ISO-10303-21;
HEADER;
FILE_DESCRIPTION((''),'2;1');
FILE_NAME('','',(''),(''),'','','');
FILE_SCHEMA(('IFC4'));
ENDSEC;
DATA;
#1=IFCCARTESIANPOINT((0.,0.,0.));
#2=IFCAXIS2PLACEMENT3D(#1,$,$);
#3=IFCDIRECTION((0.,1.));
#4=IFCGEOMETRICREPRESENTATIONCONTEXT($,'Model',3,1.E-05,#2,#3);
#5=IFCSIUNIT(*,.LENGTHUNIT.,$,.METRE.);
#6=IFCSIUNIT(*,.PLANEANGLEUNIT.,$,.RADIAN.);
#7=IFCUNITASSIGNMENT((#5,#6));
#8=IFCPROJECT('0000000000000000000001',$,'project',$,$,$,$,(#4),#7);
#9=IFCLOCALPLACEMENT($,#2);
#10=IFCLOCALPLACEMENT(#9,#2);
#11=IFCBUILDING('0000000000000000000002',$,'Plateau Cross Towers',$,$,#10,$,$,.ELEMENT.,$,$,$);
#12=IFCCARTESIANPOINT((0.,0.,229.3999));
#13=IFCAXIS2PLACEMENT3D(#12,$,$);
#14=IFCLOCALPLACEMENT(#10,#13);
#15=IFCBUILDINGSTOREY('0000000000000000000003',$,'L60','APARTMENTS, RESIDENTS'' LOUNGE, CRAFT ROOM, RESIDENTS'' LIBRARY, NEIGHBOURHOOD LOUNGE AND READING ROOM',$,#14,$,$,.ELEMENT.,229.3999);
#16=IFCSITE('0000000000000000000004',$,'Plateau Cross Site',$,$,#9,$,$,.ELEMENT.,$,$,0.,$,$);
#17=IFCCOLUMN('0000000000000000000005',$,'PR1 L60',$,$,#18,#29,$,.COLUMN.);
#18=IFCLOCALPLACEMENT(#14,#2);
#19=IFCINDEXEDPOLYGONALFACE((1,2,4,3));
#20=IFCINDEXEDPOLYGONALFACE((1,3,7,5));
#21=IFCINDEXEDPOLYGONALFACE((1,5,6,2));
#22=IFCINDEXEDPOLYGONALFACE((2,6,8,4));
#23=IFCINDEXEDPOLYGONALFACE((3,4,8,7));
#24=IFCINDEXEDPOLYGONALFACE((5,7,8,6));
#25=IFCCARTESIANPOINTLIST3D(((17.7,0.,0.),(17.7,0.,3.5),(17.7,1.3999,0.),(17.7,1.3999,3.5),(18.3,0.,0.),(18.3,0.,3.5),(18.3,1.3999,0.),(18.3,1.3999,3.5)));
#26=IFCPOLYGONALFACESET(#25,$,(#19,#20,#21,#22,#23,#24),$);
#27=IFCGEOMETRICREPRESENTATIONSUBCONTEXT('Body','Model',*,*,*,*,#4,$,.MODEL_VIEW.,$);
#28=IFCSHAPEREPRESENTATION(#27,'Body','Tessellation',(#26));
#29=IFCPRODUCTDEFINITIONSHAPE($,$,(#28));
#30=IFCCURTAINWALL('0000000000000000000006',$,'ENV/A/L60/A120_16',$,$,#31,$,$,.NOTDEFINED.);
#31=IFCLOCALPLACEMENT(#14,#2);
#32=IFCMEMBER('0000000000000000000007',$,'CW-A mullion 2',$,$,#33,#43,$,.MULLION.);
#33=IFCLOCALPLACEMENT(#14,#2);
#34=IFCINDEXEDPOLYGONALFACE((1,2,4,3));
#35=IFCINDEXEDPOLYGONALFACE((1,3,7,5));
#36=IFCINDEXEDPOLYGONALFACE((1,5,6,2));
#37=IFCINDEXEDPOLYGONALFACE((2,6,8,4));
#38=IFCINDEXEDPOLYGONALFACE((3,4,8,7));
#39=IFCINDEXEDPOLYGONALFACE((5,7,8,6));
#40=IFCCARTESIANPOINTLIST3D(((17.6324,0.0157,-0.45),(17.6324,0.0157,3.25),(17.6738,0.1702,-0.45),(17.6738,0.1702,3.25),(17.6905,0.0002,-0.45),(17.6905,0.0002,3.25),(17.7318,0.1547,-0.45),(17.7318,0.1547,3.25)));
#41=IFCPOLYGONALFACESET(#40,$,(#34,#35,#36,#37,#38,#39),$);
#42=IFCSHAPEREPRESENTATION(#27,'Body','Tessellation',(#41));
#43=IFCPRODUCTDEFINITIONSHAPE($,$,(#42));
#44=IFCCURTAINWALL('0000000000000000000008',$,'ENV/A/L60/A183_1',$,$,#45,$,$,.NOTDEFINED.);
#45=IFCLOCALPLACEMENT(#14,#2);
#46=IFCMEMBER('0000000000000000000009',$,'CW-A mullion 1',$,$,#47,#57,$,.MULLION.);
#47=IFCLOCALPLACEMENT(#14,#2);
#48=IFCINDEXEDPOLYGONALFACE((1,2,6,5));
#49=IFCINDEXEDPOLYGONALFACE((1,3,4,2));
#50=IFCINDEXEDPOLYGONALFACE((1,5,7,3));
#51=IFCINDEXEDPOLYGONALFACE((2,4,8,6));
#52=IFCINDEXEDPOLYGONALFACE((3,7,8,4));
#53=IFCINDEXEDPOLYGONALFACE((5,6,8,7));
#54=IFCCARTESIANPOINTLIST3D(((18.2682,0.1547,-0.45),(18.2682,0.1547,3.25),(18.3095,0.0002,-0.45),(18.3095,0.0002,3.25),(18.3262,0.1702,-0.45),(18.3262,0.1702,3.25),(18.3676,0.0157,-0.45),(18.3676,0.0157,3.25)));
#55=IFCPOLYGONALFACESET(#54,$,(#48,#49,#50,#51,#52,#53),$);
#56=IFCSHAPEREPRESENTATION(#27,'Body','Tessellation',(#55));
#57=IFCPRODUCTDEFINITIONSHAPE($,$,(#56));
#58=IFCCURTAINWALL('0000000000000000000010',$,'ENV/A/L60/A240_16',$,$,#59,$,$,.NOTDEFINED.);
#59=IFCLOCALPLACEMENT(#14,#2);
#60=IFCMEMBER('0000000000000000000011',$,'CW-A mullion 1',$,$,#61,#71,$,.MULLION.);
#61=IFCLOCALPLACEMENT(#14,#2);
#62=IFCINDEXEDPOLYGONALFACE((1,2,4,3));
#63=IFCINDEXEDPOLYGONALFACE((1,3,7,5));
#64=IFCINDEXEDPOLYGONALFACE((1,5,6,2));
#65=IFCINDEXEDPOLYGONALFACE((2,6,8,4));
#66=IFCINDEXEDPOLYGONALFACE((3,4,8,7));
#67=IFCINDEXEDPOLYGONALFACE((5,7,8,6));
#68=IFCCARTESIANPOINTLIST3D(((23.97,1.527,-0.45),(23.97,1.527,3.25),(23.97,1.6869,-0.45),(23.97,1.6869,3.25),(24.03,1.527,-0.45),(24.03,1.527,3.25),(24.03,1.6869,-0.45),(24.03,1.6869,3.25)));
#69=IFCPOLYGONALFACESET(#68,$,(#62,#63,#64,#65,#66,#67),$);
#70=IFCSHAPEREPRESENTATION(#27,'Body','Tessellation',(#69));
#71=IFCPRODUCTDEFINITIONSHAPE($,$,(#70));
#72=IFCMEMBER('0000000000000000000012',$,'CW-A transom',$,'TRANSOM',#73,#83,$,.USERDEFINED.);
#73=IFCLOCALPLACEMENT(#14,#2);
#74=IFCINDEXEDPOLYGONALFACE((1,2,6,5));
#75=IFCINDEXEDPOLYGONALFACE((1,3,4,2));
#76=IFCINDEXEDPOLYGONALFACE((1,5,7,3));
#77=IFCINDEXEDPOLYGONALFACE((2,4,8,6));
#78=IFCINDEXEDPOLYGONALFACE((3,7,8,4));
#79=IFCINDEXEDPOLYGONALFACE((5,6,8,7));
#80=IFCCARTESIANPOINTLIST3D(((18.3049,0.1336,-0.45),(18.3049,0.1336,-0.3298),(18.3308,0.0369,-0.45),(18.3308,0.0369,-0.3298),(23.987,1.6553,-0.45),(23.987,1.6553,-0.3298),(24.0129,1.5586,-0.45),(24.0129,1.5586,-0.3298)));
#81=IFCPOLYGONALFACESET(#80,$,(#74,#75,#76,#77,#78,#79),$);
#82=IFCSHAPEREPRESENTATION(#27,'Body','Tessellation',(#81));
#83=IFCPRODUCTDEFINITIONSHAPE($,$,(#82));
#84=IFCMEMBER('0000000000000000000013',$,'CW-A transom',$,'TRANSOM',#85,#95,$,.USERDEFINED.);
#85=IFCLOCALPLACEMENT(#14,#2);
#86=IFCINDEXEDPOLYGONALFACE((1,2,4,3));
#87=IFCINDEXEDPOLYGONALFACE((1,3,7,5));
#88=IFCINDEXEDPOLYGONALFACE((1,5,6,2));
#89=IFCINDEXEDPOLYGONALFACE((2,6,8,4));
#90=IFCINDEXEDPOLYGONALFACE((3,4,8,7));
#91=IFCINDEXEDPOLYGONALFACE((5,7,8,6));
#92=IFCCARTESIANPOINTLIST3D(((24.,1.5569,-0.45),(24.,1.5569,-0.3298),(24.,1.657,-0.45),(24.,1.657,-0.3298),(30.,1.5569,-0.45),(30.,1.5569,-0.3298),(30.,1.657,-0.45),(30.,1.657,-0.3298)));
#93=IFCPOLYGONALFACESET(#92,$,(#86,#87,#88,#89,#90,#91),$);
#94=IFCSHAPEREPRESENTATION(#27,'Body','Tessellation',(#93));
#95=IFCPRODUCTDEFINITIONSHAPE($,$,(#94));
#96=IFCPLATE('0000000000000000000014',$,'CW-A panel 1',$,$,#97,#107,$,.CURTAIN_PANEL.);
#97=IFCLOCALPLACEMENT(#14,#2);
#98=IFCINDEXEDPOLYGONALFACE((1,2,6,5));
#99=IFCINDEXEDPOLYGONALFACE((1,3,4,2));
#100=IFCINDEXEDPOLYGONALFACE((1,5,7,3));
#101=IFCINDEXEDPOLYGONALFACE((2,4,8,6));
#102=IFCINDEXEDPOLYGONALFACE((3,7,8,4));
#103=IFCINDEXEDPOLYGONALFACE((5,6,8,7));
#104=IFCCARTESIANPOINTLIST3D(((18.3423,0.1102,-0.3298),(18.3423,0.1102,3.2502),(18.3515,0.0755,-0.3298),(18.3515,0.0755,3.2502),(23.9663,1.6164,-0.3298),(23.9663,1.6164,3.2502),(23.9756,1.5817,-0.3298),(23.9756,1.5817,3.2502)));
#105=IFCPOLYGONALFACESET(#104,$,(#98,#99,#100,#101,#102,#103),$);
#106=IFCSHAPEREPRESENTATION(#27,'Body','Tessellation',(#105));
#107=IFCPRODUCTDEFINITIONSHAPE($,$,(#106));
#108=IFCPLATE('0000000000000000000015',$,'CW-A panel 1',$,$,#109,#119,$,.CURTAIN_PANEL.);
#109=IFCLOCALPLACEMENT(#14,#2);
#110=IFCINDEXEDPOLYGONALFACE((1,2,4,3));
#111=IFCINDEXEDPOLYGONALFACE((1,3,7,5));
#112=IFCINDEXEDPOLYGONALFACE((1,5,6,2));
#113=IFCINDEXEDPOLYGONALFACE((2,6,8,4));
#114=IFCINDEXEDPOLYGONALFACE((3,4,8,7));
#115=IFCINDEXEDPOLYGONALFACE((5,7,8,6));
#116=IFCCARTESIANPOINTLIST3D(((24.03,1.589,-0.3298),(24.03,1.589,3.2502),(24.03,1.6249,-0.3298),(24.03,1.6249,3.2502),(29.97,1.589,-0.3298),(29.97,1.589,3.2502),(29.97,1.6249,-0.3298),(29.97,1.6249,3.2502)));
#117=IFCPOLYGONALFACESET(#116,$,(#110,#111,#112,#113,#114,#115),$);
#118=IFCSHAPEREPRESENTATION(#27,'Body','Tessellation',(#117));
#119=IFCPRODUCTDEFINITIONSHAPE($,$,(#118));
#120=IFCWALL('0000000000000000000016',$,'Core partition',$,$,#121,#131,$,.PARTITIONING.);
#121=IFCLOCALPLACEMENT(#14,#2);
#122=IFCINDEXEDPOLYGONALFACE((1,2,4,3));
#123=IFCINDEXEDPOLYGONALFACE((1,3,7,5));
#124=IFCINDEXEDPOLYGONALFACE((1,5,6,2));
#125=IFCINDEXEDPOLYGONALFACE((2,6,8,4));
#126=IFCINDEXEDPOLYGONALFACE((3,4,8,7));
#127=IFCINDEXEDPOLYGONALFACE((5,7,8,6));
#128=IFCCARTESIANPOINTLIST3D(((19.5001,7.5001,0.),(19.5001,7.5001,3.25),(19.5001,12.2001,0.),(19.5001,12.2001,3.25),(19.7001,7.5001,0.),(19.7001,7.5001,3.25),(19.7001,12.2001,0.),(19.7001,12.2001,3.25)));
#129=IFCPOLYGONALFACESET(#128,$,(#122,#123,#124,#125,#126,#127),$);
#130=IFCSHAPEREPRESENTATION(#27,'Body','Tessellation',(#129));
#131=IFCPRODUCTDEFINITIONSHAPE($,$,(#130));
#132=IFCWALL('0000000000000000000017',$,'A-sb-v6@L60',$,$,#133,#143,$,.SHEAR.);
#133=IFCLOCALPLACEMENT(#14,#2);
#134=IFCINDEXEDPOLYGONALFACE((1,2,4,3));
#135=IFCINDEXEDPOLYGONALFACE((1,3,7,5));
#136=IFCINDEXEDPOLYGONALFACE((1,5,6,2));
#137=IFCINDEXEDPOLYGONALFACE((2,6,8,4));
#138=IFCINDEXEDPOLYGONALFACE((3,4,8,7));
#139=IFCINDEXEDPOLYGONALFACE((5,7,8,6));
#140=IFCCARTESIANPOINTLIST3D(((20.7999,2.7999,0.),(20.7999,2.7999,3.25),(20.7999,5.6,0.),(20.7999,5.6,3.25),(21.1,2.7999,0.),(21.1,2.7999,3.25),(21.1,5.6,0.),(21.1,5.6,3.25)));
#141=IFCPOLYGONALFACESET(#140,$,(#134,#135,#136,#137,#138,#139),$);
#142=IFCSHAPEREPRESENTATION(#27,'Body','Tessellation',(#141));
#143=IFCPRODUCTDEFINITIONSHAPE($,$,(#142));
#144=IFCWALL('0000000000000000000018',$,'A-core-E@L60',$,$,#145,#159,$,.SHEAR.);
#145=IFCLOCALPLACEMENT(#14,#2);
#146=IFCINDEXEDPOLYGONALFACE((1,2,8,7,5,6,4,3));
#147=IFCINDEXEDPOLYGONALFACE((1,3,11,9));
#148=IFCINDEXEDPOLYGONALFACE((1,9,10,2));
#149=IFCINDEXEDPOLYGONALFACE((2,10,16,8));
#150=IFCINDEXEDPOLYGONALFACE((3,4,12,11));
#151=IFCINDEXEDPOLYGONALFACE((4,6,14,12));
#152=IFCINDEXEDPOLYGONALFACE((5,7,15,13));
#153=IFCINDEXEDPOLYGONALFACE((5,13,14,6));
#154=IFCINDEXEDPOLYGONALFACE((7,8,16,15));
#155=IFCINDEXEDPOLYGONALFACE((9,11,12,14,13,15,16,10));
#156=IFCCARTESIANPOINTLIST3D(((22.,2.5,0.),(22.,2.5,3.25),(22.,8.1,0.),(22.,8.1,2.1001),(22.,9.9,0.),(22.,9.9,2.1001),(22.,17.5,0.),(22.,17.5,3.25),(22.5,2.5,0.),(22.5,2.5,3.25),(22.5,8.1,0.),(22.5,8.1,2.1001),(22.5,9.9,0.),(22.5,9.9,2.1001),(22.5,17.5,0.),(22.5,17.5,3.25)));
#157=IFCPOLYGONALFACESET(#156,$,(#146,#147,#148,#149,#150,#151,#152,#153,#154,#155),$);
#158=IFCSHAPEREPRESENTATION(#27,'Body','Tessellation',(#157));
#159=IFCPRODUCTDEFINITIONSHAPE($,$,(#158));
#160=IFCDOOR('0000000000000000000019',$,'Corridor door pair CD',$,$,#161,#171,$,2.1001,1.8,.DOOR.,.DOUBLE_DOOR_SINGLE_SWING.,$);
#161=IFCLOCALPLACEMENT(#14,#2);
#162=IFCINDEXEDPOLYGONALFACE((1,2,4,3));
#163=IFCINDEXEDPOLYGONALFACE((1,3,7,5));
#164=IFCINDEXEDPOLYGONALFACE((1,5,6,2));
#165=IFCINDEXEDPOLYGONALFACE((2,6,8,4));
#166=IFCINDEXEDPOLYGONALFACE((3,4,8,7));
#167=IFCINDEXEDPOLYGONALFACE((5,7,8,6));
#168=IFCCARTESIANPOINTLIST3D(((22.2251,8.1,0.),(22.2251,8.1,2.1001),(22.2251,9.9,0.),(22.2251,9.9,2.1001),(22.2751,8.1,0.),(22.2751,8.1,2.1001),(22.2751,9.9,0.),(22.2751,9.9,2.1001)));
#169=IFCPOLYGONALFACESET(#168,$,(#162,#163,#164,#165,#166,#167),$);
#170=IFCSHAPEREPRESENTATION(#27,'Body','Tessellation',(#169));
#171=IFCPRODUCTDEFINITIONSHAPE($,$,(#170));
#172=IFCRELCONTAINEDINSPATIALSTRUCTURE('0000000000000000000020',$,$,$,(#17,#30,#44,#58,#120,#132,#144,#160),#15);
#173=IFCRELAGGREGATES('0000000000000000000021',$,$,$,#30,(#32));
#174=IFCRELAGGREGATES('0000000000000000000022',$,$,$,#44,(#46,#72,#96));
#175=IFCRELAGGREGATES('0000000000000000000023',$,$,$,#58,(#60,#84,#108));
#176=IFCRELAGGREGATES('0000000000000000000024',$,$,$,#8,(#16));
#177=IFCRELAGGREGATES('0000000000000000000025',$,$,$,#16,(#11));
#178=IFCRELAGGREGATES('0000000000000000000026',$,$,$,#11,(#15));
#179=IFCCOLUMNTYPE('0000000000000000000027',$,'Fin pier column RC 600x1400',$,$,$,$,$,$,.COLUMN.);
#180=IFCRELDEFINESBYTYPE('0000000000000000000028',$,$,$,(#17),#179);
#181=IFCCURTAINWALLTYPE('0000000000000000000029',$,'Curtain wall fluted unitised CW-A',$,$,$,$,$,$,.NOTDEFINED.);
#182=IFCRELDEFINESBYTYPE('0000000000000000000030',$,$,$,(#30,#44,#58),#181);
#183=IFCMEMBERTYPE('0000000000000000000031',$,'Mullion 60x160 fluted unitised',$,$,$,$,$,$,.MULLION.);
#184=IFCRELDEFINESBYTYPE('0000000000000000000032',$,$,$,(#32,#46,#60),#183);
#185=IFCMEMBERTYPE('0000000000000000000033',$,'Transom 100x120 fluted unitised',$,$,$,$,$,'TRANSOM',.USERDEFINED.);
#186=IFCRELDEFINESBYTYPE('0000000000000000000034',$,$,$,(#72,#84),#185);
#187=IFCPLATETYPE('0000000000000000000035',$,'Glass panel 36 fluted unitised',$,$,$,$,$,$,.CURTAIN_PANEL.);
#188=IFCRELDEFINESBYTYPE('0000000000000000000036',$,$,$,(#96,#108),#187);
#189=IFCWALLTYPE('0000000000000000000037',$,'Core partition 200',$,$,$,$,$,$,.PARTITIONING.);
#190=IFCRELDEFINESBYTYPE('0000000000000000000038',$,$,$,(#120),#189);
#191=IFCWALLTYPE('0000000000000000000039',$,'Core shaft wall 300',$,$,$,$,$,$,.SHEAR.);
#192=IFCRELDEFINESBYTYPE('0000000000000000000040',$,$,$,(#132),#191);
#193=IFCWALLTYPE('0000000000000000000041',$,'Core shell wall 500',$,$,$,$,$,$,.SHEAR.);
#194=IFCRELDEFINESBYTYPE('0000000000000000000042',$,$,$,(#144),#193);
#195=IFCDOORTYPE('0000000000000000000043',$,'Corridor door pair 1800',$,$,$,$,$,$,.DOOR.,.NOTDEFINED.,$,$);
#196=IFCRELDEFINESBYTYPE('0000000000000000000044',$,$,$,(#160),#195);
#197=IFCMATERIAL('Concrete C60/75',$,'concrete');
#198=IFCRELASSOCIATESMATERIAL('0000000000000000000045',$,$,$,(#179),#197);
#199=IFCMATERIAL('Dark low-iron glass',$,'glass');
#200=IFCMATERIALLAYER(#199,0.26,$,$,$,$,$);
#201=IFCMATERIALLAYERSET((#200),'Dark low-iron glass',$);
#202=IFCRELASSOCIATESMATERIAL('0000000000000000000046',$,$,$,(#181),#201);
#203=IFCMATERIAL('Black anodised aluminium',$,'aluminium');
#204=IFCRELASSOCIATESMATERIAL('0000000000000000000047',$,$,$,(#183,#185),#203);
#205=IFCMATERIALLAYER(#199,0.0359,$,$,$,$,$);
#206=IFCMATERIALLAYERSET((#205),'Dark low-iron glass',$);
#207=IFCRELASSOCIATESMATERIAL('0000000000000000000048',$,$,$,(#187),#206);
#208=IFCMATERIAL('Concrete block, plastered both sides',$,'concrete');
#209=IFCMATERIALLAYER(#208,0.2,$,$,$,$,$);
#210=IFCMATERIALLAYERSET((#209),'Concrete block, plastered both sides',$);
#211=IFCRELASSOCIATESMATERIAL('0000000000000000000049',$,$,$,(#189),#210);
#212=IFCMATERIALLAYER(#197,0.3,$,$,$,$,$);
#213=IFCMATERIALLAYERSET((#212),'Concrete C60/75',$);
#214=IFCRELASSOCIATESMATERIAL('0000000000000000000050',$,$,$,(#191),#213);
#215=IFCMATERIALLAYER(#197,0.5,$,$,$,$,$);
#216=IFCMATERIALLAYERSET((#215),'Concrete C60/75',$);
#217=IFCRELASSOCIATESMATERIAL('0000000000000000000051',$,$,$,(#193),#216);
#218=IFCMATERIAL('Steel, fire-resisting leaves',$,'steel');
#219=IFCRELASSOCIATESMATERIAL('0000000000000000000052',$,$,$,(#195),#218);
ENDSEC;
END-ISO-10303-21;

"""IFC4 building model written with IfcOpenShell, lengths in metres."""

from ifc_helpers import new_model, si_unit, direction, frame, frame_2d, origin, origin_2d, place, context, subcontext, project, spatial, rectangle, extrude, material, layer, layer_set, material_profile, profile_set, type_object, element, fill, aggregate, save


model = new_model("IFC4")

# Units and contexts
model_context = context("Model", 3, precision=1e-05, world=origin(), true_north=direction((0.0, 1.0)))
body_context = subcontext(model_context, "Body", "Model", "MODEL_VIEW")
ifc_project = project(units=[si_unit("LENGTHUNIT", "METRE"), si_unit("PLANEANGLEUNIT", "RADIAN")], contexts=[model_context])

# Site, building, storey
site_placement = place(None, origin())
site = spatial("IfcSite", under=ifc_project, at=site_placement, Name="Plateau Cross Site", CompositionType="ELEMENT", RefElevation=0.0)
building_placement = place(site_placement, origin())
building = spatial("IfcBuilding", under=site, at=building_placement, Name="Plateau Cross Towers", CompositionType="ELEMENT")
storey_placement = place(building_placement, frame((0.0, 0.0, 229.3999)))
storey = spatial("IfcBuildingStorey", under=building, at=storey_placement, Name="L60", Description="APARTMENTS, RESIDENTS' LOUNGE, CRAFT ROOM, RESIDENTS' LIBRARY, NEIGHBOURHOOD LOUNGE AND READING ROOM", CompositionType="ELEMENT", Elevation=229.3999)

# Column
ifc_material_1 = material(Name="Concrete C60/75", Category="concrete")
ifc_material_profile_1 = material_profile(ifc_material_1, rectangle(XDim=0.6001, YDim=1.3999, at=origin_2d()), Name="RC 600x1400")
ifc_profile_set_1 = profile_set([ifc_material_profile_1], Name="Concrete C60/75")
column_type = type_object("IfcColumnType", Name="Fin pier column RC 600x1400", PredefinedType="COLUMN", material=ifc_profile_set_1)
column_placement = place(storey_placement, frame((18.0, 0.7, 0.0), z_axis=(0.0, 0.0, 1.0), x_axis=(1.0, 0.0, 0.0)))
element("IfcColumn", 1, at=column_placement, inside=storey, type_object=column_type, Name="PR1 L60", PredefinedType="COLUMN", context=body_context, shape_type="SweptSolid", body=[
    extrude(rectangle(XDim=0.6001, YDim=1.3999, at=origin_2d()), origin(), (0.0, 0.0, 1.0), 3.5),
])

# Curtain walls, members
ifc_material_2 = material(Name="Dark low-iron glass", Category="glass")
ifc_layer_1 = layer(ifc_material_2, 0.26)
ifc_layer_set_1 = layer_set([ifc_layer_1], Name="Dark low-iron glass")
curtain_wall_type = type_object("IfcCurtainWallType", Name="Curtain wall fluted unitised CW-A", PredefinedType="NOTDEFINED", material=ifc_layer_set_1)
curtain_wall_1_placement = place(storey_placement, origin())
curtain_wall_1 = element("IfcCurtainWall", 2, at=curtain_wall_1_placement, inside=storey, type_object=curtain_wall_type, Name="ENV/A/L60/A120_16", PredefinedType="NOTDEFINED")
ifc_material_3 = material(Name="Black anodised aluminium", Category="aluminium")
ifc_material_profile_2 = material_profile(ifc_material_3, rectangle(XDim=0.0601, YDim=0.1599, at=origin_2d()), Name="MULLION 60x160")
ifc_profile_set_2 = profile_set([ifc_material_profile_2], Name="Black anodised aluminium")
member_type_1 = type_object("IfcMemberType", Name="Mullion 60x160 fluted unitised", PredefinedType="MULLION", material=ifc_profile_set_2)
member_1_placement = place(storey_placement, frame((17.6821, 0.0852, -0.45), z_axis=(0.0, 0.0, 1.0), x_axis=(0.965958, -0.258699, 0.0)))
member_1 = element("IfcMember", 3, at=member_1_placement, type_object=member_type_1, Name="CW-A mullion 2", PredefinedType="MULLION", context=body_context, shape_type="SweptSolid", body=[
    extrude(rectangle(XDim=0.0601, YDim=0.1599, at=origin_2d()), origin(), (0.0, 0.0, 1.0), 3.7),
])
aggregate(curtain_wall_1, [member_1])
curtain_wall_2_placement = place(storey_placement, origin())
curtain_wall_2 = element("IfcCurtainWall", 4, at=curtain_wall_2_placement, inside=storey, type_object=curtain_wall_type, Name="ENV/A/L60/A183_1", PredefinedType="NOTDEFINED")
member_2_placement = place(storey_placement, frame((18.3179, 0.0852, -0.45), z_axis=(0.0, 0.0, 1.0), x_axis=(0.965958, 0.258699, 0.0)))
member_2 = element("IfcMember", 5, at=member_2_placement, type_object=member_type_1, Name="CW-A mullion 1", PredefinedType="MULLION", context=body_context, shape_type="SweptSolid", body=[
    extrude(rectangle(XDim=0.0601, YDim=0.1599, at=origin_2d()), origin(), (0.0, 0.0, 1.0), 3.7),
])
curtain_wall_3_placement = place(storey_placement, origin())
curtain_wall_3 = element("IfcCurtainWall", 6, at=curtain_wall_3_placement, inside=storey, type_object=curtain_wall_type, Name="ENV/A/L60/A240_16", PredefinedType="NOTDEFINED")
member_3_placement = place(storey_placement, frame((24.0, 1.6069, -0.45), z_axis=(0.0, 0.0, 1.0), x_axis=(1.0, 0.0, 0.0)))
member_3 = element("IfcMember", 7, at=member_3_placement, type_object=member_type_1, Name="CW-A mullion 1", PredefinedType="MULLION", context=body_context, shape_type="SweptSolid", body=[
    extrude(rectangle(XDim=0.0601, YDim=0.1599, at=origin_2d()), origin(), (0.0, 0.0, 1.0), 3.7),
])

# Members
ifc_material_profile_3 = material_profile(ifc_material_3, rectangle(XDim=0.1001, YDim=0.1201, at=origin_2d()), Name="TRANSOM 100x120")
ifc_profile_set_3 = profile_set([ifc_material_profile_3], Name="Black anodised aluminium")
member_type_2 = type_object("IfcMemberType", Name="Transom 100x120 fluted unitised", ElementType="TRANSOM", PredefinedType="USERDEFINED", material=ifc_profile_set_3)
member_4_placement = place(storey_placement, frame((18.3179, 0.0852, -0.3899), z_axis=(0.96596, 0.258693, 0.0), x_axis=(-0.258693, 0.96596, 0.0)))
member_4 = element("IfcMember", 8, at=member_4_placement, type_object=member_type_2, Name="CW-A transom", ObjectType="TRANSOM", PredefinedType="USERDEFINED", context=body_context, shape_type="SweptSolid", body=[
    extrude(rectangle(XDim=0.1001, YDim=0.1201, at=origin_2d()), origin(), (0.0, 0.0, 1.0), 5.8823),
])
member_5_placement = place(storey_placement, frame((24.0, 1.6069, -0.3899), z_axis=(1.0, 0.0, 0.0), x_axis=(0.0, 1.0, 0.0)))
member_5 = element("IfcMember", 9, at=member_5_placement, type_object=member_type_2, Name="CW-A transom", ObjectType="TRANSOM", PredefinedType="USERDEFINED", context=body_context, shape_type="SweptSolid", body=[
    extrude(rectangle(XDim=0.1001, YDim=0.1201, at=origin_2d()), origin(), (0.0, 0.0, 1.0), 6.0),
])

# Plates
ifc_layer_2 = layer(ifc_material_2, 0.0359)
ifc_layer_set_2 = layer_set([ifc_layer_2], Name="Dark low-iron glass")
plate_type = type_object("IfcPlateType", Name="Glass panel 36 fluted unitised", PredefinedType="CURTAIN_PANEL", material=ifc_layer_set_2)
plate_1_placement = place(storey_placement, frame((21.1589, 0.8459, -0.3298), z_axis=(0.0, 0.0, 1.0), x_axis=(0.965958, 0.258699, 0.0)))
plate_1 = element("IfcPlate", 10, at=plate_1_placement, type_object=plate_type, Name="CW-A panel 1", PredefinedType="CURTAIN_PANEL", context=body_context, shape_type="SweptSolid", body=[
    extrude(rectangle(XDim=5.8223, YDim=0.0359, at=origin_2d()), origin(), (0.0, 0.0, 1.0), 3.5801),
])
aggregate(curtain_wall_2, [member_2, member_4, plate_1])
plate_2_placement = place(storey_placement, frame((27.0, 1.6069, -0.3298), z_axis=(0.0, 0.0, 1.0), x_axis=(1.0, 0.0, 0.0)))
plate_2 = element("IfcPlate", 11, at=plate_2_placement, type_object=plate_type, Name="CW-A panel 1", PredefinedType="CURTAIN_PANEL", context=body_context, shape_type="SweptSolid", body=[
    extrude(rectangle(XDim=5.9399, YDim=0.0359, at=origin_2d()), origin(), (0.0, 0.0, 1.0), 3.5801),
])
aggregate(curtain_wall_3, [member_3, member_5, plate_2])

# Walls
ifc_material_4 = material(Name="Concrete block, plastered both sides", Category="concrete")
ifc_layer_3 = layer(ifc_material_4, 0.2)
ifc_layer_set_3 = layer_set([ifc_layer_3], Name="Concrete block, plastered both sides")
wall_type_1 = type_object("IfcWallType", Name="Core partition 200", PredefinedType="PARTITIONING", material=ifc_layer_set_3)
wall_1_placement = place(storey_placement, frame((19.6001, 7.5, 0.0), z_axis=(0.0, 0.0, 1.0), x_axis=(0.0, 1.0, 0.0)))
element("IfcWall", 12, at=wall_1_placement, inside=storey, type_object=wall_type_1, Name="Core partition", PredefinedType="PARTITIONING", context=body_context, shape_type="SweptSolid", body=[
    extrude(rectangle(XDim=4.7, YDim=0.2, at=frame_2d((2.3501, 0.0))), origin(), (0.0, 0.0, 1.0), 3.25),
])
ifc_layer_4 = layer(ifc_material_1, 0.3)
ifc_layer_set_4 = layer_set([ifc_layer_4], Name="Concrete C60/75")
wall_type_2 = type_object("IfcWallType", Name="Core shaft wall 300", PredefinedType="SHEAR", material=ifc_layer_set_4)
wall_2_placement = place(storey_placement, frame((20.95, 2.8, 0.0), z_axis=(0.0, 0.0, 1.0), x_axis=(0.0, 1.0, 0.0)))
element("IfcWall", 13, at=wall_2_placement, inside=storey, type_object=wall_type_2, Name="A-sb-v6@L60", PredefinedType="SHEAR", context=body_context, shape_type="SweptSolid", body=[
    extrude(rectangle(XDim=2.8, YDim=0.3, at=frame_2d((1.3999, 0.0))), origin(), (0.0, 0.0, 1.0), 3.25),
])

# Wall, opening, door
ifc_layer_5 = layer(ifc_material_1, 0.5)
ifc_layer_set_5 = layer_set([ifc_layer_5], Name="Concrete C60/75")
wall_type_3 = type_object("IfcWallType", Name="Core shell wall 500", PredefinedType="SHEAR", material=ifc_layer_set_5)
wall_3_placement = place(storey_placement, frame((22.25, 2.5, 0.0), z_axis=(0.0, 0.0, 1.0), x_axis=(0.0, 1.0, 0.0)))
wall_3 = element("IfcWall", 14, at=wall_3_placement, inside=storey, type_object=wall_type_3, Name="A-core-E@L60", PredefinedType="SHEAR", context=body_context, shape_type="SweptSolid", body=[
    extrude(rectangle(XDim=15.0, YDim=0.5, at=frame_2d((7.5, 0.0))), origin(), (0.0, 0.0, 1.0), 3.25),
])
opening_1_placement = place(wall_3_placement, frame((5.6001, 0.0, 0.0)))
opening_1 = element("IfcOpeningElement", 15, at=opening_1_placement, cuts=wall_3, PredefinedType="OPENING", context=body_context, shape_type="SweptSolid", body=[
    extrude(rectangle(XDim=1.8, YDim=2.1001, at=frame_2d((0.8999, 1.05))), frame((0.0, 0.26, 0.0), z_axis=(0.0, -1.0, 0.0), x_axis=(1.0, 0.0, 0.0)), (0.0, 0.0, 1.0), 0.52),
])
ifc_material_5 = material(Name="Steel, fire-resisting leaves", Category="steel")
door_type_1 = type_object("IfcDoorType", Name="Corridor door pair 1800", OperationType="NOTDEFINED", PredefinedType="DOOR", material=ifc_material_5)
door_1_placement = place(opening_1_placement, origin())
door_1 = element("IfcDoor", 16, at=door_1_placement, inside=storey, type_object=door_type_1, Name="Corridor door pair CD", OperationType="DOUBLE_DOOR_SINGLE_SWING", OverallHeight=2.1001, OverallWidth=1.8, PredefinedType="DOOR", context=body_context, shape_type="SweptSolid", body=[
    extrude(rectangle(XDim=1.8, YDim=2.1001, at=frame_2d((0.8999, 1.05))), frame((0.0, 0.0249, 0.0), z_axis=(0.0, -1.0, 0.0), x_axis=(1.0, 0.0, 0.0)), (0.0, 0.0, 1.0), 0.05),
])
fill(opening_1, door_1)

save(model, "model.ifc")
